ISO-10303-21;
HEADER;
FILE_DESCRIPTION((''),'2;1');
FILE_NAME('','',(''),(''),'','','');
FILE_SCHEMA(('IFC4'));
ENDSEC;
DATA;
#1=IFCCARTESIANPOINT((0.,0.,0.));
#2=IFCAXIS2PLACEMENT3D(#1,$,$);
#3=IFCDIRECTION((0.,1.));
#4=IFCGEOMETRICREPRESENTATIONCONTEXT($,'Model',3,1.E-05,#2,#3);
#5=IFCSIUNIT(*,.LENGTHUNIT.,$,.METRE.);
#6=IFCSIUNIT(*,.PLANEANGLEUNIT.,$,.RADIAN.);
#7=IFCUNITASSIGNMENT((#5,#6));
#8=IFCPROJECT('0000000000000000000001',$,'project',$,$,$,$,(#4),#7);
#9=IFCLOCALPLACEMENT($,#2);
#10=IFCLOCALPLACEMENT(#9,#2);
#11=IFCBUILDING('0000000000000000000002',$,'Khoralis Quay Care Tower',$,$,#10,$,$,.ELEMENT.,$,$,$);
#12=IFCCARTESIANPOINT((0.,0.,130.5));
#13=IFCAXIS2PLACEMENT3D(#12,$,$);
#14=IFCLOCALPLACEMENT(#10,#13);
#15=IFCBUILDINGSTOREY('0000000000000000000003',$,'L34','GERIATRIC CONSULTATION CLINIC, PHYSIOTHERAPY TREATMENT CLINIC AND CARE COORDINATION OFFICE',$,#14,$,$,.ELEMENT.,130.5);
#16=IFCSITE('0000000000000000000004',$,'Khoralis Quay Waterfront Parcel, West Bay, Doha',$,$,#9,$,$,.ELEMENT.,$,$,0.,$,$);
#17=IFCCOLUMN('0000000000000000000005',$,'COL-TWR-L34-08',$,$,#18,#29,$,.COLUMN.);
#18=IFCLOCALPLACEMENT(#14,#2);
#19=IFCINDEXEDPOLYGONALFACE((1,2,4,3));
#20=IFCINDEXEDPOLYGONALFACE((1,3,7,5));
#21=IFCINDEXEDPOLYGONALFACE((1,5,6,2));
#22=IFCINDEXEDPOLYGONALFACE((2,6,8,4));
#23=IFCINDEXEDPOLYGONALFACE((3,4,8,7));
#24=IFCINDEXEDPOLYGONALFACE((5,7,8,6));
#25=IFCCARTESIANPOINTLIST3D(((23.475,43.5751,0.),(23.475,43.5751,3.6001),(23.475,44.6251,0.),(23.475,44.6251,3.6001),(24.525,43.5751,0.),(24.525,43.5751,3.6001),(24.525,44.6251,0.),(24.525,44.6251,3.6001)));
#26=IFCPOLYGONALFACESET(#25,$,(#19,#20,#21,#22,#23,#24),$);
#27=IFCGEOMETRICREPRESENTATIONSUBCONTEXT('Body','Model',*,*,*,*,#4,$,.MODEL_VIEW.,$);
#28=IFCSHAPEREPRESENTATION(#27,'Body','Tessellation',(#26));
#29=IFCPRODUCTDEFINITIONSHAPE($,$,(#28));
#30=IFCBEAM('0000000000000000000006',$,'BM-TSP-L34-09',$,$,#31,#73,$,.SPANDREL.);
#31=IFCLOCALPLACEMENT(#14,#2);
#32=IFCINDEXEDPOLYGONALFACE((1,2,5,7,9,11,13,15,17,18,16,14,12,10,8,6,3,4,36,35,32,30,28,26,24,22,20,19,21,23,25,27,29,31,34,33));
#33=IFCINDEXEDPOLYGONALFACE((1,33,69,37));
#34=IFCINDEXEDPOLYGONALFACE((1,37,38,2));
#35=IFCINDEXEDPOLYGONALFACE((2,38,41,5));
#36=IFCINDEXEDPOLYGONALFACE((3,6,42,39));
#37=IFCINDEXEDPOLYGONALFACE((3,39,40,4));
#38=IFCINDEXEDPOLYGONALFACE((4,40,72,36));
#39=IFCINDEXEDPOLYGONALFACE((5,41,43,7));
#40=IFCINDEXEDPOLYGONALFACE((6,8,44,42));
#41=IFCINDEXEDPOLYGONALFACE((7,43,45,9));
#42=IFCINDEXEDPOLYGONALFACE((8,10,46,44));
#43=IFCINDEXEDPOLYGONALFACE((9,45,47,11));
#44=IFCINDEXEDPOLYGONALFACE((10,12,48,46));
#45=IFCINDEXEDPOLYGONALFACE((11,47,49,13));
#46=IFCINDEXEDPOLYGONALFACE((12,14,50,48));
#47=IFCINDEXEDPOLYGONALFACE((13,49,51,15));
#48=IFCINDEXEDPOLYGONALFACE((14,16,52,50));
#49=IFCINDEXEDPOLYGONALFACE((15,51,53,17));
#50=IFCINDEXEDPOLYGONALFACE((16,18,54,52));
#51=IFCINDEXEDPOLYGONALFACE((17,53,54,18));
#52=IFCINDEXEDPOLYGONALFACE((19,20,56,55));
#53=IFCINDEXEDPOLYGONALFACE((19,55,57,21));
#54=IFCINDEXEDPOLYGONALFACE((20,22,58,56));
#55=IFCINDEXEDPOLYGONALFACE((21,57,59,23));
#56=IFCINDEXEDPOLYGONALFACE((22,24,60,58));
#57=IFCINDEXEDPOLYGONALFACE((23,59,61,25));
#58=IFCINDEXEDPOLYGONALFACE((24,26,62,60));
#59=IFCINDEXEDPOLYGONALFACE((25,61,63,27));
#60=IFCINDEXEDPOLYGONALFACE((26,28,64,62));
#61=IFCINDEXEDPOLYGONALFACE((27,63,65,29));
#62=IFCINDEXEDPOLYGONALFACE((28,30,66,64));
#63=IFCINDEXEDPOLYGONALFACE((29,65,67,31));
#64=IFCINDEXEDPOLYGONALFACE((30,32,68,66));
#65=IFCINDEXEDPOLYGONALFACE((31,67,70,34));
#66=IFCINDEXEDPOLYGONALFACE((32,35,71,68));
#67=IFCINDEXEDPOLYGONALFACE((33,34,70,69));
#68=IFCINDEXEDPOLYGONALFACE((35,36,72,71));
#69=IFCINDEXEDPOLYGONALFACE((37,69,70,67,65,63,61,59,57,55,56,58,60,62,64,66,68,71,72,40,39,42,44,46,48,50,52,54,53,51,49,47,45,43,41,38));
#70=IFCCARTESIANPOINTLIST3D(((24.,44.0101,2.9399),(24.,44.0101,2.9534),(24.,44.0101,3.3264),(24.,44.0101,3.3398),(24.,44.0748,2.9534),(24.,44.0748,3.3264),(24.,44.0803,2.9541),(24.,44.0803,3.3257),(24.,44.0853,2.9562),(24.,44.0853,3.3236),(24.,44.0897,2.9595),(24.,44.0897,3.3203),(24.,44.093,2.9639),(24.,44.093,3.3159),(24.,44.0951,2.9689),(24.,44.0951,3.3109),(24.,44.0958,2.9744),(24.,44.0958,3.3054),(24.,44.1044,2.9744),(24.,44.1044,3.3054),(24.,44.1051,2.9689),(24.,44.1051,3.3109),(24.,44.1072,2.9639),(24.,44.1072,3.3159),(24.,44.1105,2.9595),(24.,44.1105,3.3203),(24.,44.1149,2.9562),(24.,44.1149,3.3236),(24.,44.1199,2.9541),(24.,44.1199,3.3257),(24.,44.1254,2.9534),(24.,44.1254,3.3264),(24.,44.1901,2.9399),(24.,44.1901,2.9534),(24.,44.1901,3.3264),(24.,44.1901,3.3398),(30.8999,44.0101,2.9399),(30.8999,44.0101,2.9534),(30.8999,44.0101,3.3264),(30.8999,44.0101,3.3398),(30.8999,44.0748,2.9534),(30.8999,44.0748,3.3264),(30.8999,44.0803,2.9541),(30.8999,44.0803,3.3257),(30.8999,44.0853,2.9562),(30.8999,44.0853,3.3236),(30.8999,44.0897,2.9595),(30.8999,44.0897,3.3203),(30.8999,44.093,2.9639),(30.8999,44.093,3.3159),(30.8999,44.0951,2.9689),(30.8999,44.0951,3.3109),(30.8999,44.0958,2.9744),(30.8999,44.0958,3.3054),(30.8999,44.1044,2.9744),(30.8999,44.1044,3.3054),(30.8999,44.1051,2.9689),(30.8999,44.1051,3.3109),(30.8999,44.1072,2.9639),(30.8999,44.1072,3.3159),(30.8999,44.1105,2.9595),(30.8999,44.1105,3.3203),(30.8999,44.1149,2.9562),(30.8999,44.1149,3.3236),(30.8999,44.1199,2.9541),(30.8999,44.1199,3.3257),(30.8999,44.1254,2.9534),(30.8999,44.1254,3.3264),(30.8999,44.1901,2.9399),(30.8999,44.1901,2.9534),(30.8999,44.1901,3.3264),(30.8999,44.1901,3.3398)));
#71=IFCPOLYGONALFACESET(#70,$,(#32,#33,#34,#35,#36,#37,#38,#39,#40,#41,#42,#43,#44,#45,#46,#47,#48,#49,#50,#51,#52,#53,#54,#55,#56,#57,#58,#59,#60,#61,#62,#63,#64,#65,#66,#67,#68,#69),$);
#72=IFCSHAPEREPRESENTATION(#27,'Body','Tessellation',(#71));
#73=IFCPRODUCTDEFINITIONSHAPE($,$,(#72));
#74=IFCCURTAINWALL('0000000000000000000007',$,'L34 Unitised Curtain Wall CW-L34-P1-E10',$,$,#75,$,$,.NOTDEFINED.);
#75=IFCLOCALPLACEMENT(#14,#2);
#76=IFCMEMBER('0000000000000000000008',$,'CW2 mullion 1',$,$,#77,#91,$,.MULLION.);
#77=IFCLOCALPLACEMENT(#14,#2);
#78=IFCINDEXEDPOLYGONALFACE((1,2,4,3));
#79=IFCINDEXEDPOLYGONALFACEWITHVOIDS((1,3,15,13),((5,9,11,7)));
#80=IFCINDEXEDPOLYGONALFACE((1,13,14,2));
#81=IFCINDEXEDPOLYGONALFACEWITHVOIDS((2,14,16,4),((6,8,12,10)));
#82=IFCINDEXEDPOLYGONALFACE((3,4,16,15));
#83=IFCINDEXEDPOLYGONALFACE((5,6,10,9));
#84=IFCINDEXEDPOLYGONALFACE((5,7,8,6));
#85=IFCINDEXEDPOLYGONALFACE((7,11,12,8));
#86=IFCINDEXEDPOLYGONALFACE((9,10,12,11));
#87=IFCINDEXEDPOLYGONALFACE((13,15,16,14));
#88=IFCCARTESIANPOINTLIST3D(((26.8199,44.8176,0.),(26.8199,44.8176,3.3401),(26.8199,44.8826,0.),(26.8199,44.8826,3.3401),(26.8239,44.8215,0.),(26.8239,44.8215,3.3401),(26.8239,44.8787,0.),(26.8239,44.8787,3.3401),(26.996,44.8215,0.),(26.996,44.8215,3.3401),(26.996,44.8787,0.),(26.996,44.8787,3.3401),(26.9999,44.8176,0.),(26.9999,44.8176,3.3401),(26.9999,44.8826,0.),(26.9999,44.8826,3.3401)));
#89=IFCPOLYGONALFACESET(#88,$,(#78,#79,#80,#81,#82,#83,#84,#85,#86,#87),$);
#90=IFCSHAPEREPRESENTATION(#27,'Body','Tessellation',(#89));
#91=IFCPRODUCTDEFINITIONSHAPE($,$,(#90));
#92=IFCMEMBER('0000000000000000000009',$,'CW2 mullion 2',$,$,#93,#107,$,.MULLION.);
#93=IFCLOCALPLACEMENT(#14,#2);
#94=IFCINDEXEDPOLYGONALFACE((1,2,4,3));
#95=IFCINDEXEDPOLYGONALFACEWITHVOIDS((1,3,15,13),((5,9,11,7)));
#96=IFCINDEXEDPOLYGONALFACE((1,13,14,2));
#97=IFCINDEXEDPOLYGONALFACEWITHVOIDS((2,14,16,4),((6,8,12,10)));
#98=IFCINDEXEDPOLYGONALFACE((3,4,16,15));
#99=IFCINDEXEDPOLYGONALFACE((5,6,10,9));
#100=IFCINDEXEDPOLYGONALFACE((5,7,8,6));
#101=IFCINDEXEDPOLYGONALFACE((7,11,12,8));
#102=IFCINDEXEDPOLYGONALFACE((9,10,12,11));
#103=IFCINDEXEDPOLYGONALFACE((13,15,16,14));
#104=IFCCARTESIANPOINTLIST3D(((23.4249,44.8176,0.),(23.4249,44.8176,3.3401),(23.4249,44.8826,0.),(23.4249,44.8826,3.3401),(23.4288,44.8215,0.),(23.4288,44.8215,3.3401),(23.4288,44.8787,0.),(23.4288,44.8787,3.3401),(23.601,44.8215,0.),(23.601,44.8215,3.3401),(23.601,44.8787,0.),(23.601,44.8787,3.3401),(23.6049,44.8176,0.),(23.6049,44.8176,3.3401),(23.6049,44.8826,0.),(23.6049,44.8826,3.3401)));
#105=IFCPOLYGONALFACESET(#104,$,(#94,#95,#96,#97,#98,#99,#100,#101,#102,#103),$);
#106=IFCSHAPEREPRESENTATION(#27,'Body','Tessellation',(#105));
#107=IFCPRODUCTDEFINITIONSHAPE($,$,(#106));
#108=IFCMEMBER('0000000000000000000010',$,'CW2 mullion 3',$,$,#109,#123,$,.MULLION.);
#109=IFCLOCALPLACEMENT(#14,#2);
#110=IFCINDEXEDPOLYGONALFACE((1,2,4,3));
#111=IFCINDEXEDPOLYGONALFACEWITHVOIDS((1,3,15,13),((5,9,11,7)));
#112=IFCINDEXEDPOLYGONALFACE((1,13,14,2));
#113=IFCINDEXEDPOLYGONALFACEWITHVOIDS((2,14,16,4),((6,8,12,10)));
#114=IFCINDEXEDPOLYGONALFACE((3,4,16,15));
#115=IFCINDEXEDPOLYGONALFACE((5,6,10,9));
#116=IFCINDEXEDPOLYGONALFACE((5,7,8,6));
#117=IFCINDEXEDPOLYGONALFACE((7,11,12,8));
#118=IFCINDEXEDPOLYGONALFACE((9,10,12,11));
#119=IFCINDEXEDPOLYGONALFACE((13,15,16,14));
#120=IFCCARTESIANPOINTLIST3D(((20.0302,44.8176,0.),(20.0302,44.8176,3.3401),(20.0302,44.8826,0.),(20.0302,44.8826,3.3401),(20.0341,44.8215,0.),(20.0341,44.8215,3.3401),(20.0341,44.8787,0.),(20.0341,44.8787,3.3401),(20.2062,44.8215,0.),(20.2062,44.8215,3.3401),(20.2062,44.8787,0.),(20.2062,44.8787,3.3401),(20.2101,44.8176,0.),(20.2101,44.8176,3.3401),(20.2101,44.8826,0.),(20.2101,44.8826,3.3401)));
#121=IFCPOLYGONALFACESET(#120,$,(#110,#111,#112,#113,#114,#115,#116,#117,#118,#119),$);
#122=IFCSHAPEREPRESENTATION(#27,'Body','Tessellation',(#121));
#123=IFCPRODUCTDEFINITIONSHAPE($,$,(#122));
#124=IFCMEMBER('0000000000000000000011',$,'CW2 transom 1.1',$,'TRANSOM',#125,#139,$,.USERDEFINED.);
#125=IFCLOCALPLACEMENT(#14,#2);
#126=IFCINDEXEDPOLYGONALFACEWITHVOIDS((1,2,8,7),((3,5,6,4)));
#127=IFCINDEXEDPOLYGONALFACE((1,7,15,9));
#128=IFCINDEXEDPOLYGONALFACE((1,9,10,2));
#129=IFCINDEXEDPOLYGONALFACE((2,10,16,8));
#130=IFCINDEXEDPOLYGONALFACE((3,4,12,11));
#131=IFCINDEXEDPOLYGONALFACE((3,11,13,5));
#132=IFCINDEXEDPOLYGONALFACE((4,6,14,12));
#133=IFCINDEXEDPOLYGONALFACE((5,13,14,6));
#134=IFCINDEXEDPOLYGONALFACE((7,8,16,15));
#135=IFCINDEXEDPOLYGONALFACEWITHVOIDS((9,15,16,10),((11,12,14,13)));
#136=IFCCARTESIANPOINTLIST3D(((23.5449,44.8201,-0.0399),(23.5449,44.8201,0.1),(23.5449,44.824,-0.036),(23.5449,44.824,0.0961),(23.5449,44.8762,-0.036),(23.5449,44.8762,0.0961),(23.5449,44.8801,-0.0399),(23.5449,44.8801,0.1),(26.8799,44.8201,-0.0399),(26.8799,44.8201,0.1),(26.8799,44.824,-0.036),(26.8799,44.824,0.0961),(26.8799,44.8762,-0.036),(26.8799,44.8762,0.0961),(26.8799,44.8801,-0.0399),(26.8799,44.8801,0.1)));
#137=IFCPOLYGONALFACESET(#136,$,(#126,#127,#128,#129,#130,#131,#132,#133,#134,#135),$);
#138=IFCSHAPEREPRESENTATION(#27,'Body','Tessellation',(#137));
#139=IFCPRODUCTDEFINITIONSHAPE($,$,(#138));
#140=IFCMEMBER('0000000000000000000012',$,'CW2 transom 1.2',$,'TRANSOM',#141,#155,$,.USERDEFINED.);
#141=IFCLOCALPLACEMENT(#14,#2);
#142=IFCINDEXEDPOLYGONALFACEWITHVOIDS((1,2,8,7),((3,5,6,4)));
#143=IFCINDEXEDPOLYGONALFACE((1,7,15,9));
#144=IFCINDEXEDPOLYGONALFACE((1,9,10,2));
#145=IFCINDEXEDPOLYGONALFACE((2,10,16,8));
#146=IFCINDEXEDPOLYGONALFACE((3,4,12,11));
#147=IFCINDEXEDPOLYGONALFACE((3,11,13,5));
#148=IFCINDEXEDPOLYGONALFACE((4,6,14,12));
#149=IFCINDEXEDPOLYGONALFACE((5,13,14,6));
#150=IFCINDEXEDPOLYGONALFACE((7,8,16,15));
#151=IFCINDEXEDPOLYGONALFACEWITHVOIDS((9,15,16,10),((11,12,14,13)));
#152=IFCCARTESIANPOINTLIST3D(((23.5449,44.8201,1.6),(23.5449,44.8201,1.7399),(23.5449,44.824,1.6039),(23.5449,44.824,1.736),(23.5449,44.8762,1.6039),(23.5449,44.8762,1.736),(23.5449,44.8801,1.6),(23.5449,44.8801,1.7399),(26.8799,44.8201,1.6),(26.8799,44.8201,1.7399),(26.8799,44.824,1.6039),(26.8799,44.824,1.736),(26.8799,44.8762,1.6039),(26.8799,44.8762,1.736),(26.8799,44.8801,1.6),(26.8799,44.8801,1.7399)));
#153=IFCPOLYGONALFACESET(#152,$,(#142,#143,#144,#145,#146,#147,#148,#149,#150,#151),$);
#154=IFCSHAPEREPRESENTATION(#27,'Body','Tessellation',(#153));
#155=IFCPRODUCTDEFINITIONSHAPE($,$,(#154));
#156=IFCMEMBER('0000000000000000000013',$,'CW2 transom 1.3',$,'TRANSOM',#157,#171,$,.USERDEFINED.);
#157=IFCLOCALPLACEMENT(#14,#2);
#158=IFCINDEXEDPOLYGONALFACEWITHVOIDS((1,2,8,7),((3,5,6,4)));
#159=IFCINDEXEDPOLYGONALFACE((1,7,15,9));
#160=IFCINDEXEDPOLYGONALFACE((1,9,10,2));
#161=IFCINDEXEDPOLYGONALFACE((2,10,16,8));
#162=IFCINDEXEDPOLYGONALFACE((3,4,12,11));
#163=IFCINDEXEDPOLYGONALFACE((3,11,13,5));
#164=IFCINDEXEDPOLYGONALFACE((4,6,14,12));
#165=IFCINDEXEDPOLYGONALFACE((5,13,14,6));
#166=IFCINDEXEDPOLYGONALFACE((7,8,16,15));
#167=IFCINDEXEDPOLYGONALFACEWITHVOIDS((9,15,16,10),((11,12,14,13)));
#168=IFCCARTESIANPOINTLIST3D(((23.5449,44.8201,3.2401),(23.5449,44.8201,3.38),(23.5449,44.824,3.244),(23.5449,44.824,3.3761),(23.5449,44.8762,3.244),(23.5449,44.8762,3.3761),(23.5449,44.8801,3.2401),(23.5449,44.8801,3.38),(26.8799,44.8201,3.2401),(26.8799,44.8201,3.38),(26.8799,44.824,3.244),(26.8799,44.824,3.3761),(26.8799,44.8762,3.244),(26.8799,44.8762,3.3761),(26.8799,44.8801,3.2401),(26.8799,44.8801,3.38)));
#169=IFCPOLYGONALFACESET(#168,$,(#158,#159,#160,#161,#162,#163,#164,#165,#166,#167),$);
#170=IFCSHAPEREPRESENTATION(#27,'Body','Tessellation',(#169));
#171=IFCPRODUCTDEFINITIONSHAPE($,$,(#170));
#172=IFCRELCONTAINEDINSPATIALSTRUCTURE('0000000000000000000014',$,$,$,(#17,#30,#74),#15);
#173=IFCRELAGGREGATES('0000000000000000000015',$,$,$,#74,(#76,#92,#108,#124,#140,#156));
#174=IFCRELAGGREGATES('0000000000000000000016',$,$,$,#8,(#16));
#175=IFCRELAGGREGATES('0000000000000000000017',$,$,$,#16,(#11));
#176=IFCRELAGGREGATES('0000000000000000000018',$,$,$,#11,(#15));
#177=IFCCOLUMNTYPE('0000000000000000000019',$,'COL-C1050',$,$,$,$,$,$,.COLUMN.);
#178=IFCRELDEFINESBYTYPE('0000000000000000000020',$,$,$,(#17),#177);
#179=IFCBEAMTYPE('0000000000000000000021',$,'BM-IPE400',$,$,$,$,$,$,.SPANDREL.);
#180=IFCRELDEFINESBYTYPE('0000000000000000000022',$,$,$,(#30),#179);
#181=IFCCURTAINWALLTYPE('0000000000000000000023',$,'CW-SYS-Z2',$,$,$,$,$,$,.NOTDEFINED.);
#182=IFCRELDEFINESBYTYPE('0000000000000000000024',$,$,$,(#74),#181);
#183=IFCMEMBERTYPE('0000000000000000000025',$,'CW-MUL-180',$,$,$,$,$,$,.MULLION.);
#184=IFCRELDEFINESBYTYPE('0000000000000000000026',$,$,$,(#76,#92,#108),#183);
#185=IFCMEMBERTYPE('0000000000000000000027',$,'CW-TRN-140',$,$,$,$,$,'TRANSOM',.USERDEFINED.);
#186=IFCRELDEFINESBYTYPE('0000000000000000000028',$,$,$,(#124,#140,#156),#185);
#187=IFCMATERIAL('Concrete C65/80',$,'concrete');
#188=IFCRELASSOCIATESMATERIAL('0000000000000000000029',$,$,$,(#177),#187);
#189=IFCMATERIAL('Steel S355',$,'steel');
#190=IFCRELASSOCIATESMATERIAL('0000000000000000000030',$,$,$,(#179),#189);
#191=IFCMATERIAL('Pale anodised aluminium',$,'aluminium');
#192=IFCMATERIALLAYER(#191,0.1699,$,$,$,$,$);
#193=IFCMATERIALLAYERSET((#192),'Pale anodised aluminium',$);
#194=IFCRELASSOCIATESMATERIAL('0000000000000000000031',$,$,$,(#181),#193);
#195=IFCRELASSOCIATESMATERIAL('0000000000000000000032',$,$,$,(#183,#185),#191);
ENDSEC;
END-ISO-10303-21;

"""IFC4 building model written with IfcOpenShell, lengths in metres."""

from ifc_helpers import new_model, si_unit, direction, frame, origin, origin_2d, place, context, subcontext, project, spatial, rectangle, hollow_rectangle, i_section, extrude, source, transform, mapped, material, layer, layer_set, material_profile, profile_set, type_object, element, aggregate, save


model = new_model("IFC4")

# Units and contexts
model_context = context("Model", 3, precision=1e-05, world=origin(), true_north=direction((0.0, 1.0)))
body_context = subcontext(model_context, "Body", "Model", "MODEL_VIEW")
ifc_project = project(units=[si_unit("LENGTHUNIT", "METRE"), si_unit("PLANEANGLEUNIT", "RADIAN")], contexts=[model_context])

# Site, building, storey
site_placement = place(None, origin())
site = spatial("IfcSite", under=ifc_project, at=site_placement, Name="Khoralis Quay Waterfront Parcel, West Bay, Doha", CompositionType="ELEMENT", RefElevation=0.0)
building_placement = place(site_placement, origin())
building = spatial("IfcBuilding", under=site, at=building_placement, Name="Khoralis Quay Care Tower", CompositionType="ELEMENT")
storey_placement = place(building_placement, frame((0.0, 0.0, 130.5)))
storey = spatial("IfcBuildingStorey", under=building, at=storey_placement, Name="L34", Description="GERIATRIC CONSULTATION CLINIC, PHYSIOTHERAPY TREATMENT CLINIC AND CARE COORDINATION OFFICE", CompositionType="ELEMENT", Elevation=130.5)

# Column
ifc_material_1 = material(Name="Concrete C65/80", Category="concrete")
ifc_material_profile_1 = material_profile(ifc_material_1, rectangle(XDim=1.05, YDim=1.05, at=origin_2d()), Name="Concrete C65/80")
ifc_profile_set_1 = profile_set([ifc_material_profile_1], Name="Concrete C65/80")
column_type = type_object("IfcColumnType", Name="COL-C1050", PredefinedType="COLUMN", material=ifc_profile_set_1)
shared_shape_1 = source(origin(), body_context, "Body", "SweptSolid", [
    extrude(rectangle(XDim=1.05, YDim=1.05, at=origin_2d()), origin(), (0.0, 0.0, 1.0), 3.6001),
])
column_placement = place(storey_placement, frame((24.0, 44.1001, 0.0), z_axis=(0.0, 0.0, 1.0), x_axis=(1.0, 0.0, 0.0)))
element("IfcColumn", 1, at=column_placement, inside=storey, type_object=column_type, Name="COL-TWR-L34-08", PredefinedType="COLUMN", context=body_context, shape_type="MappedRepresentation", body=[
    mapped(shared_shape_1, transform((0.0, 0.0, 0.0), scale=1.0)),
])

# Beam
ifc_material_2 = material(Name="Steel S355", Category="steel")
ifc_material_profile_2 = material_profile(ifc_material_2, i_section(OverallWidth=0.1799, OverallDepth=0.3999, WebThickness=0.0085, FlangeThickness=0.0134, FilletRadius=0.021, at=origin_2d()), Name="Steel S355")
ifc_profile_set_2 = profile_set([ifc_material_profile_2], Name="Steel S355")
beam_type = type_object("IfcBeamType", Name="BM-IPE400", PredefinedType="SPANDREL", material=ifc_profile_set_2)
shared_shape_2 = source(origin(), body_context, "Body", "SweptSolid", [
    extrude(i_section(OverallWidth=0.1799, OverallDepth=0.3999, WebThickness=0.0085, FlangeThickness=0.0134, FilletRadius=0.021, at=origin_2d()), origin(), (0.0, 0.0, 1.0), 6.8999),
])
beam_placement = place(storey_placement, frame((24.0, 44.1001, 3.1399), z_axis=(1.0, 0.0, 0.0), x_axis=(0.0, 1.0, 0.0)))
element("IfcBeam", 2, at=beam_placement, inside=storey, type_object=beam_type, Name="BM-TSP-L34-09", PredefinedType="SPANDREL", context=body_context, shape_type="MappedRepresentation", body=[
    mapped(shared_shape_2, transform((0.0, 0.0, 0.0), scale=1.0)),
])

# Curtain wall, members
ifc_material_3 = material(Name="Pale anodised aluminium", Category="aluminium")
ifc_layer_1 = layer(ifc_material_3, 0.1699)
ifc_layer_set_1 = layer_set([ifc_layer_1], Name="Pale anodised aluminium")
curtain_wall_type = type_object("IfcCurtainWallType", Name="CW-SYS-Z2", PredefinedType="NOTDEFINED", material=ifc_layer_set_1)
curtain_wall_placement = place(storey_placement, origin())
curtain_wall = element("IfcCurtainWall", 3, at=curtain_wall_placement, inside=storey, type_object=curtain_wall_type, Name="L34 Unitised Curtain Wall CW-L34-P1-E10", PredefinedType="NOTDEFINED")
ifc_material_profile_3 = material_profile(ifc_material_3, hollow_rectangle(XDim=0.0649, YDim=0.1799, WallThickness=0.0039, at=origin_2d()), Name="Pale anodised aluminium")
ifc_profile_set_3 = profile_set([ifc_material_profile_3], Name="Pale anodised aluminium")
member_type_1 = type_object("IfcMemberType", Name="CW-MUL-180", PredefinedType="MULLION", material=ifc_profile_set_3)
shared_shape_3 = source(origin(), body_context, "Body", "SweptSolid", [
    extrude(hollow_rectangle(XDim=0.0649, YDim=0.1799, WallThickness=0.0039, at=origin_2d()), origin(), (0.0, 0.0, 1.0), 3.3401),
])
member_1_placement = place(storey_placement, frame((26.9099, 44.8501, 0.0), z_axis=(0.0, 0.0, 1.0), x_axis=(0.0, -1.0, 0.0)))
member_1 = element("IfcMember", 4, at=member_1_placement, type_object=member_type_1, Name="CW2 mullion 1", PredefinedType="MULLION", context=body_context, shape_type="MappedRepresentation", body=[
    mapped(shared_shape_3, transform((0.0, 0.0, 0.0), scale=1.0)),
])
member_2_placement = place(storey_placement, frame((23.5149, 44.8501, 0.0), z_axis=(0.0, 0.0, 1.0), x_axis=(0.0, -1.0, 0.0)))
member_2 = element("IfcMember", 5, at=member_2_placement, type_object=member_type_1, Name="CW2 mullion 2", PredefinedType="MULLION", context=body_context, shape_type="MappedRepresentation", body=[
    mapped(shared_shape_3, transform((0.0, 0.0, 0.0), scale=1.0)),
])
member_3_placement = place(storey_placement, frame((20.1201, 44.8501, 0.0), z_axis=(0.0, 0.0, 1.0), x_axis=(0.0, -1.0, 0.0)))
member_3 = element("IfcMember", 6, at=member_3_placement, type_object=member_type_1, Name="CW2 mullion 3", PredefinedType="MULLION", context=body_context, shape_type="MappedRepresentation", body=[
    mapped(shared_shape_3, transform((0.0, 0.0, 0.0), scale=1.0)),
])
ifc_material_profile_4 = material_profile(ifc_material_3, hollow_rectangle(XDim=0.0601, YDim=0.1399, WallThickness=0.0039, at=origin_2d()), Name="Pale anodised aluminium")
ifc_profile_set_4 = profile_set([ifc_material_profile_4], Name="Pale anodised aluminium")
member_type_2 = type_object("IfcMemberType", Name="CW-TRN-140", ElementType="TRANSOM", PredefinedType="USERDEFINED", material=ifc_profile_set_4)
shared_shape_4 = source(origin(), body_context, "Body", "SweptSolid", [
    extrude(hollow_rectangle(XDim=0.0601, YDim=0.1399, WallThickness=0.0039, at=origin_2d()), origin(), (0.0, 0.0, 1.0), 3.335),
])
member_4_placement = place(storey_placement, frame((26.8799, 44.8501, 0.03), z_axis=(-1.0, 0.0, 0.0), x_axis=(0.0, -1.0, 0.0)))
member_4 = element("IfcMember", 7, at=member_4_placement, type_object=member_type_2, Name="CW2 transom 1.1", ObjectType="TRANSOM", PredefinedType="USERDEFINED", context=body_context, shape_type="MappedRepresentation", body=[
    mapped(shared_shape_4, transform((0.0, 0.0, 0.0), scale=1.0)),
])
member_5_placement = place(storey_placement, frame((26.8799, 44.8501, 1.6699), z_axis=(-1.0, 0.0, 0.0), x_axis=(0.0, -1.0, 0.0)))
member_5 = element("IfcMember", 8, at=member_5_placement, type_object=member_type_2, Name="CW2 transom 1.2", ObjectType="TRANSOM", PredefinedType="USERDEFINED", context=body_context, shape_type="MappedRepresentation", body=[
    mapped(shared_shape_4, transform((0.0, 0.0, 0.0), scale=1.0)),
])
member_6_placement = place(storey_placement, frame((26.8799, 44.8501, 3.3101), z_axis=(-1.0, 0.0, 0.0), x_axis=(0.0, -1.0, 0.0)))
member_6 = element("IfcMember", 9, at=member_6_placement, type_object=member_type_2, Name="CW2 transom 1.3", ObjectType="TRANSOM", PredefinedType="USERDEFINED", context=body_context, shape_type="MappedRepresentation", body=[
    mapped(shared_shape_4, transform((0.0, 0.0, 0.0), scale=1.0)),
])
aggregate(curtain_wall, [member_1, member_2, member_3, member_4, member_5, member_6])

save(model, "model.ifc")
